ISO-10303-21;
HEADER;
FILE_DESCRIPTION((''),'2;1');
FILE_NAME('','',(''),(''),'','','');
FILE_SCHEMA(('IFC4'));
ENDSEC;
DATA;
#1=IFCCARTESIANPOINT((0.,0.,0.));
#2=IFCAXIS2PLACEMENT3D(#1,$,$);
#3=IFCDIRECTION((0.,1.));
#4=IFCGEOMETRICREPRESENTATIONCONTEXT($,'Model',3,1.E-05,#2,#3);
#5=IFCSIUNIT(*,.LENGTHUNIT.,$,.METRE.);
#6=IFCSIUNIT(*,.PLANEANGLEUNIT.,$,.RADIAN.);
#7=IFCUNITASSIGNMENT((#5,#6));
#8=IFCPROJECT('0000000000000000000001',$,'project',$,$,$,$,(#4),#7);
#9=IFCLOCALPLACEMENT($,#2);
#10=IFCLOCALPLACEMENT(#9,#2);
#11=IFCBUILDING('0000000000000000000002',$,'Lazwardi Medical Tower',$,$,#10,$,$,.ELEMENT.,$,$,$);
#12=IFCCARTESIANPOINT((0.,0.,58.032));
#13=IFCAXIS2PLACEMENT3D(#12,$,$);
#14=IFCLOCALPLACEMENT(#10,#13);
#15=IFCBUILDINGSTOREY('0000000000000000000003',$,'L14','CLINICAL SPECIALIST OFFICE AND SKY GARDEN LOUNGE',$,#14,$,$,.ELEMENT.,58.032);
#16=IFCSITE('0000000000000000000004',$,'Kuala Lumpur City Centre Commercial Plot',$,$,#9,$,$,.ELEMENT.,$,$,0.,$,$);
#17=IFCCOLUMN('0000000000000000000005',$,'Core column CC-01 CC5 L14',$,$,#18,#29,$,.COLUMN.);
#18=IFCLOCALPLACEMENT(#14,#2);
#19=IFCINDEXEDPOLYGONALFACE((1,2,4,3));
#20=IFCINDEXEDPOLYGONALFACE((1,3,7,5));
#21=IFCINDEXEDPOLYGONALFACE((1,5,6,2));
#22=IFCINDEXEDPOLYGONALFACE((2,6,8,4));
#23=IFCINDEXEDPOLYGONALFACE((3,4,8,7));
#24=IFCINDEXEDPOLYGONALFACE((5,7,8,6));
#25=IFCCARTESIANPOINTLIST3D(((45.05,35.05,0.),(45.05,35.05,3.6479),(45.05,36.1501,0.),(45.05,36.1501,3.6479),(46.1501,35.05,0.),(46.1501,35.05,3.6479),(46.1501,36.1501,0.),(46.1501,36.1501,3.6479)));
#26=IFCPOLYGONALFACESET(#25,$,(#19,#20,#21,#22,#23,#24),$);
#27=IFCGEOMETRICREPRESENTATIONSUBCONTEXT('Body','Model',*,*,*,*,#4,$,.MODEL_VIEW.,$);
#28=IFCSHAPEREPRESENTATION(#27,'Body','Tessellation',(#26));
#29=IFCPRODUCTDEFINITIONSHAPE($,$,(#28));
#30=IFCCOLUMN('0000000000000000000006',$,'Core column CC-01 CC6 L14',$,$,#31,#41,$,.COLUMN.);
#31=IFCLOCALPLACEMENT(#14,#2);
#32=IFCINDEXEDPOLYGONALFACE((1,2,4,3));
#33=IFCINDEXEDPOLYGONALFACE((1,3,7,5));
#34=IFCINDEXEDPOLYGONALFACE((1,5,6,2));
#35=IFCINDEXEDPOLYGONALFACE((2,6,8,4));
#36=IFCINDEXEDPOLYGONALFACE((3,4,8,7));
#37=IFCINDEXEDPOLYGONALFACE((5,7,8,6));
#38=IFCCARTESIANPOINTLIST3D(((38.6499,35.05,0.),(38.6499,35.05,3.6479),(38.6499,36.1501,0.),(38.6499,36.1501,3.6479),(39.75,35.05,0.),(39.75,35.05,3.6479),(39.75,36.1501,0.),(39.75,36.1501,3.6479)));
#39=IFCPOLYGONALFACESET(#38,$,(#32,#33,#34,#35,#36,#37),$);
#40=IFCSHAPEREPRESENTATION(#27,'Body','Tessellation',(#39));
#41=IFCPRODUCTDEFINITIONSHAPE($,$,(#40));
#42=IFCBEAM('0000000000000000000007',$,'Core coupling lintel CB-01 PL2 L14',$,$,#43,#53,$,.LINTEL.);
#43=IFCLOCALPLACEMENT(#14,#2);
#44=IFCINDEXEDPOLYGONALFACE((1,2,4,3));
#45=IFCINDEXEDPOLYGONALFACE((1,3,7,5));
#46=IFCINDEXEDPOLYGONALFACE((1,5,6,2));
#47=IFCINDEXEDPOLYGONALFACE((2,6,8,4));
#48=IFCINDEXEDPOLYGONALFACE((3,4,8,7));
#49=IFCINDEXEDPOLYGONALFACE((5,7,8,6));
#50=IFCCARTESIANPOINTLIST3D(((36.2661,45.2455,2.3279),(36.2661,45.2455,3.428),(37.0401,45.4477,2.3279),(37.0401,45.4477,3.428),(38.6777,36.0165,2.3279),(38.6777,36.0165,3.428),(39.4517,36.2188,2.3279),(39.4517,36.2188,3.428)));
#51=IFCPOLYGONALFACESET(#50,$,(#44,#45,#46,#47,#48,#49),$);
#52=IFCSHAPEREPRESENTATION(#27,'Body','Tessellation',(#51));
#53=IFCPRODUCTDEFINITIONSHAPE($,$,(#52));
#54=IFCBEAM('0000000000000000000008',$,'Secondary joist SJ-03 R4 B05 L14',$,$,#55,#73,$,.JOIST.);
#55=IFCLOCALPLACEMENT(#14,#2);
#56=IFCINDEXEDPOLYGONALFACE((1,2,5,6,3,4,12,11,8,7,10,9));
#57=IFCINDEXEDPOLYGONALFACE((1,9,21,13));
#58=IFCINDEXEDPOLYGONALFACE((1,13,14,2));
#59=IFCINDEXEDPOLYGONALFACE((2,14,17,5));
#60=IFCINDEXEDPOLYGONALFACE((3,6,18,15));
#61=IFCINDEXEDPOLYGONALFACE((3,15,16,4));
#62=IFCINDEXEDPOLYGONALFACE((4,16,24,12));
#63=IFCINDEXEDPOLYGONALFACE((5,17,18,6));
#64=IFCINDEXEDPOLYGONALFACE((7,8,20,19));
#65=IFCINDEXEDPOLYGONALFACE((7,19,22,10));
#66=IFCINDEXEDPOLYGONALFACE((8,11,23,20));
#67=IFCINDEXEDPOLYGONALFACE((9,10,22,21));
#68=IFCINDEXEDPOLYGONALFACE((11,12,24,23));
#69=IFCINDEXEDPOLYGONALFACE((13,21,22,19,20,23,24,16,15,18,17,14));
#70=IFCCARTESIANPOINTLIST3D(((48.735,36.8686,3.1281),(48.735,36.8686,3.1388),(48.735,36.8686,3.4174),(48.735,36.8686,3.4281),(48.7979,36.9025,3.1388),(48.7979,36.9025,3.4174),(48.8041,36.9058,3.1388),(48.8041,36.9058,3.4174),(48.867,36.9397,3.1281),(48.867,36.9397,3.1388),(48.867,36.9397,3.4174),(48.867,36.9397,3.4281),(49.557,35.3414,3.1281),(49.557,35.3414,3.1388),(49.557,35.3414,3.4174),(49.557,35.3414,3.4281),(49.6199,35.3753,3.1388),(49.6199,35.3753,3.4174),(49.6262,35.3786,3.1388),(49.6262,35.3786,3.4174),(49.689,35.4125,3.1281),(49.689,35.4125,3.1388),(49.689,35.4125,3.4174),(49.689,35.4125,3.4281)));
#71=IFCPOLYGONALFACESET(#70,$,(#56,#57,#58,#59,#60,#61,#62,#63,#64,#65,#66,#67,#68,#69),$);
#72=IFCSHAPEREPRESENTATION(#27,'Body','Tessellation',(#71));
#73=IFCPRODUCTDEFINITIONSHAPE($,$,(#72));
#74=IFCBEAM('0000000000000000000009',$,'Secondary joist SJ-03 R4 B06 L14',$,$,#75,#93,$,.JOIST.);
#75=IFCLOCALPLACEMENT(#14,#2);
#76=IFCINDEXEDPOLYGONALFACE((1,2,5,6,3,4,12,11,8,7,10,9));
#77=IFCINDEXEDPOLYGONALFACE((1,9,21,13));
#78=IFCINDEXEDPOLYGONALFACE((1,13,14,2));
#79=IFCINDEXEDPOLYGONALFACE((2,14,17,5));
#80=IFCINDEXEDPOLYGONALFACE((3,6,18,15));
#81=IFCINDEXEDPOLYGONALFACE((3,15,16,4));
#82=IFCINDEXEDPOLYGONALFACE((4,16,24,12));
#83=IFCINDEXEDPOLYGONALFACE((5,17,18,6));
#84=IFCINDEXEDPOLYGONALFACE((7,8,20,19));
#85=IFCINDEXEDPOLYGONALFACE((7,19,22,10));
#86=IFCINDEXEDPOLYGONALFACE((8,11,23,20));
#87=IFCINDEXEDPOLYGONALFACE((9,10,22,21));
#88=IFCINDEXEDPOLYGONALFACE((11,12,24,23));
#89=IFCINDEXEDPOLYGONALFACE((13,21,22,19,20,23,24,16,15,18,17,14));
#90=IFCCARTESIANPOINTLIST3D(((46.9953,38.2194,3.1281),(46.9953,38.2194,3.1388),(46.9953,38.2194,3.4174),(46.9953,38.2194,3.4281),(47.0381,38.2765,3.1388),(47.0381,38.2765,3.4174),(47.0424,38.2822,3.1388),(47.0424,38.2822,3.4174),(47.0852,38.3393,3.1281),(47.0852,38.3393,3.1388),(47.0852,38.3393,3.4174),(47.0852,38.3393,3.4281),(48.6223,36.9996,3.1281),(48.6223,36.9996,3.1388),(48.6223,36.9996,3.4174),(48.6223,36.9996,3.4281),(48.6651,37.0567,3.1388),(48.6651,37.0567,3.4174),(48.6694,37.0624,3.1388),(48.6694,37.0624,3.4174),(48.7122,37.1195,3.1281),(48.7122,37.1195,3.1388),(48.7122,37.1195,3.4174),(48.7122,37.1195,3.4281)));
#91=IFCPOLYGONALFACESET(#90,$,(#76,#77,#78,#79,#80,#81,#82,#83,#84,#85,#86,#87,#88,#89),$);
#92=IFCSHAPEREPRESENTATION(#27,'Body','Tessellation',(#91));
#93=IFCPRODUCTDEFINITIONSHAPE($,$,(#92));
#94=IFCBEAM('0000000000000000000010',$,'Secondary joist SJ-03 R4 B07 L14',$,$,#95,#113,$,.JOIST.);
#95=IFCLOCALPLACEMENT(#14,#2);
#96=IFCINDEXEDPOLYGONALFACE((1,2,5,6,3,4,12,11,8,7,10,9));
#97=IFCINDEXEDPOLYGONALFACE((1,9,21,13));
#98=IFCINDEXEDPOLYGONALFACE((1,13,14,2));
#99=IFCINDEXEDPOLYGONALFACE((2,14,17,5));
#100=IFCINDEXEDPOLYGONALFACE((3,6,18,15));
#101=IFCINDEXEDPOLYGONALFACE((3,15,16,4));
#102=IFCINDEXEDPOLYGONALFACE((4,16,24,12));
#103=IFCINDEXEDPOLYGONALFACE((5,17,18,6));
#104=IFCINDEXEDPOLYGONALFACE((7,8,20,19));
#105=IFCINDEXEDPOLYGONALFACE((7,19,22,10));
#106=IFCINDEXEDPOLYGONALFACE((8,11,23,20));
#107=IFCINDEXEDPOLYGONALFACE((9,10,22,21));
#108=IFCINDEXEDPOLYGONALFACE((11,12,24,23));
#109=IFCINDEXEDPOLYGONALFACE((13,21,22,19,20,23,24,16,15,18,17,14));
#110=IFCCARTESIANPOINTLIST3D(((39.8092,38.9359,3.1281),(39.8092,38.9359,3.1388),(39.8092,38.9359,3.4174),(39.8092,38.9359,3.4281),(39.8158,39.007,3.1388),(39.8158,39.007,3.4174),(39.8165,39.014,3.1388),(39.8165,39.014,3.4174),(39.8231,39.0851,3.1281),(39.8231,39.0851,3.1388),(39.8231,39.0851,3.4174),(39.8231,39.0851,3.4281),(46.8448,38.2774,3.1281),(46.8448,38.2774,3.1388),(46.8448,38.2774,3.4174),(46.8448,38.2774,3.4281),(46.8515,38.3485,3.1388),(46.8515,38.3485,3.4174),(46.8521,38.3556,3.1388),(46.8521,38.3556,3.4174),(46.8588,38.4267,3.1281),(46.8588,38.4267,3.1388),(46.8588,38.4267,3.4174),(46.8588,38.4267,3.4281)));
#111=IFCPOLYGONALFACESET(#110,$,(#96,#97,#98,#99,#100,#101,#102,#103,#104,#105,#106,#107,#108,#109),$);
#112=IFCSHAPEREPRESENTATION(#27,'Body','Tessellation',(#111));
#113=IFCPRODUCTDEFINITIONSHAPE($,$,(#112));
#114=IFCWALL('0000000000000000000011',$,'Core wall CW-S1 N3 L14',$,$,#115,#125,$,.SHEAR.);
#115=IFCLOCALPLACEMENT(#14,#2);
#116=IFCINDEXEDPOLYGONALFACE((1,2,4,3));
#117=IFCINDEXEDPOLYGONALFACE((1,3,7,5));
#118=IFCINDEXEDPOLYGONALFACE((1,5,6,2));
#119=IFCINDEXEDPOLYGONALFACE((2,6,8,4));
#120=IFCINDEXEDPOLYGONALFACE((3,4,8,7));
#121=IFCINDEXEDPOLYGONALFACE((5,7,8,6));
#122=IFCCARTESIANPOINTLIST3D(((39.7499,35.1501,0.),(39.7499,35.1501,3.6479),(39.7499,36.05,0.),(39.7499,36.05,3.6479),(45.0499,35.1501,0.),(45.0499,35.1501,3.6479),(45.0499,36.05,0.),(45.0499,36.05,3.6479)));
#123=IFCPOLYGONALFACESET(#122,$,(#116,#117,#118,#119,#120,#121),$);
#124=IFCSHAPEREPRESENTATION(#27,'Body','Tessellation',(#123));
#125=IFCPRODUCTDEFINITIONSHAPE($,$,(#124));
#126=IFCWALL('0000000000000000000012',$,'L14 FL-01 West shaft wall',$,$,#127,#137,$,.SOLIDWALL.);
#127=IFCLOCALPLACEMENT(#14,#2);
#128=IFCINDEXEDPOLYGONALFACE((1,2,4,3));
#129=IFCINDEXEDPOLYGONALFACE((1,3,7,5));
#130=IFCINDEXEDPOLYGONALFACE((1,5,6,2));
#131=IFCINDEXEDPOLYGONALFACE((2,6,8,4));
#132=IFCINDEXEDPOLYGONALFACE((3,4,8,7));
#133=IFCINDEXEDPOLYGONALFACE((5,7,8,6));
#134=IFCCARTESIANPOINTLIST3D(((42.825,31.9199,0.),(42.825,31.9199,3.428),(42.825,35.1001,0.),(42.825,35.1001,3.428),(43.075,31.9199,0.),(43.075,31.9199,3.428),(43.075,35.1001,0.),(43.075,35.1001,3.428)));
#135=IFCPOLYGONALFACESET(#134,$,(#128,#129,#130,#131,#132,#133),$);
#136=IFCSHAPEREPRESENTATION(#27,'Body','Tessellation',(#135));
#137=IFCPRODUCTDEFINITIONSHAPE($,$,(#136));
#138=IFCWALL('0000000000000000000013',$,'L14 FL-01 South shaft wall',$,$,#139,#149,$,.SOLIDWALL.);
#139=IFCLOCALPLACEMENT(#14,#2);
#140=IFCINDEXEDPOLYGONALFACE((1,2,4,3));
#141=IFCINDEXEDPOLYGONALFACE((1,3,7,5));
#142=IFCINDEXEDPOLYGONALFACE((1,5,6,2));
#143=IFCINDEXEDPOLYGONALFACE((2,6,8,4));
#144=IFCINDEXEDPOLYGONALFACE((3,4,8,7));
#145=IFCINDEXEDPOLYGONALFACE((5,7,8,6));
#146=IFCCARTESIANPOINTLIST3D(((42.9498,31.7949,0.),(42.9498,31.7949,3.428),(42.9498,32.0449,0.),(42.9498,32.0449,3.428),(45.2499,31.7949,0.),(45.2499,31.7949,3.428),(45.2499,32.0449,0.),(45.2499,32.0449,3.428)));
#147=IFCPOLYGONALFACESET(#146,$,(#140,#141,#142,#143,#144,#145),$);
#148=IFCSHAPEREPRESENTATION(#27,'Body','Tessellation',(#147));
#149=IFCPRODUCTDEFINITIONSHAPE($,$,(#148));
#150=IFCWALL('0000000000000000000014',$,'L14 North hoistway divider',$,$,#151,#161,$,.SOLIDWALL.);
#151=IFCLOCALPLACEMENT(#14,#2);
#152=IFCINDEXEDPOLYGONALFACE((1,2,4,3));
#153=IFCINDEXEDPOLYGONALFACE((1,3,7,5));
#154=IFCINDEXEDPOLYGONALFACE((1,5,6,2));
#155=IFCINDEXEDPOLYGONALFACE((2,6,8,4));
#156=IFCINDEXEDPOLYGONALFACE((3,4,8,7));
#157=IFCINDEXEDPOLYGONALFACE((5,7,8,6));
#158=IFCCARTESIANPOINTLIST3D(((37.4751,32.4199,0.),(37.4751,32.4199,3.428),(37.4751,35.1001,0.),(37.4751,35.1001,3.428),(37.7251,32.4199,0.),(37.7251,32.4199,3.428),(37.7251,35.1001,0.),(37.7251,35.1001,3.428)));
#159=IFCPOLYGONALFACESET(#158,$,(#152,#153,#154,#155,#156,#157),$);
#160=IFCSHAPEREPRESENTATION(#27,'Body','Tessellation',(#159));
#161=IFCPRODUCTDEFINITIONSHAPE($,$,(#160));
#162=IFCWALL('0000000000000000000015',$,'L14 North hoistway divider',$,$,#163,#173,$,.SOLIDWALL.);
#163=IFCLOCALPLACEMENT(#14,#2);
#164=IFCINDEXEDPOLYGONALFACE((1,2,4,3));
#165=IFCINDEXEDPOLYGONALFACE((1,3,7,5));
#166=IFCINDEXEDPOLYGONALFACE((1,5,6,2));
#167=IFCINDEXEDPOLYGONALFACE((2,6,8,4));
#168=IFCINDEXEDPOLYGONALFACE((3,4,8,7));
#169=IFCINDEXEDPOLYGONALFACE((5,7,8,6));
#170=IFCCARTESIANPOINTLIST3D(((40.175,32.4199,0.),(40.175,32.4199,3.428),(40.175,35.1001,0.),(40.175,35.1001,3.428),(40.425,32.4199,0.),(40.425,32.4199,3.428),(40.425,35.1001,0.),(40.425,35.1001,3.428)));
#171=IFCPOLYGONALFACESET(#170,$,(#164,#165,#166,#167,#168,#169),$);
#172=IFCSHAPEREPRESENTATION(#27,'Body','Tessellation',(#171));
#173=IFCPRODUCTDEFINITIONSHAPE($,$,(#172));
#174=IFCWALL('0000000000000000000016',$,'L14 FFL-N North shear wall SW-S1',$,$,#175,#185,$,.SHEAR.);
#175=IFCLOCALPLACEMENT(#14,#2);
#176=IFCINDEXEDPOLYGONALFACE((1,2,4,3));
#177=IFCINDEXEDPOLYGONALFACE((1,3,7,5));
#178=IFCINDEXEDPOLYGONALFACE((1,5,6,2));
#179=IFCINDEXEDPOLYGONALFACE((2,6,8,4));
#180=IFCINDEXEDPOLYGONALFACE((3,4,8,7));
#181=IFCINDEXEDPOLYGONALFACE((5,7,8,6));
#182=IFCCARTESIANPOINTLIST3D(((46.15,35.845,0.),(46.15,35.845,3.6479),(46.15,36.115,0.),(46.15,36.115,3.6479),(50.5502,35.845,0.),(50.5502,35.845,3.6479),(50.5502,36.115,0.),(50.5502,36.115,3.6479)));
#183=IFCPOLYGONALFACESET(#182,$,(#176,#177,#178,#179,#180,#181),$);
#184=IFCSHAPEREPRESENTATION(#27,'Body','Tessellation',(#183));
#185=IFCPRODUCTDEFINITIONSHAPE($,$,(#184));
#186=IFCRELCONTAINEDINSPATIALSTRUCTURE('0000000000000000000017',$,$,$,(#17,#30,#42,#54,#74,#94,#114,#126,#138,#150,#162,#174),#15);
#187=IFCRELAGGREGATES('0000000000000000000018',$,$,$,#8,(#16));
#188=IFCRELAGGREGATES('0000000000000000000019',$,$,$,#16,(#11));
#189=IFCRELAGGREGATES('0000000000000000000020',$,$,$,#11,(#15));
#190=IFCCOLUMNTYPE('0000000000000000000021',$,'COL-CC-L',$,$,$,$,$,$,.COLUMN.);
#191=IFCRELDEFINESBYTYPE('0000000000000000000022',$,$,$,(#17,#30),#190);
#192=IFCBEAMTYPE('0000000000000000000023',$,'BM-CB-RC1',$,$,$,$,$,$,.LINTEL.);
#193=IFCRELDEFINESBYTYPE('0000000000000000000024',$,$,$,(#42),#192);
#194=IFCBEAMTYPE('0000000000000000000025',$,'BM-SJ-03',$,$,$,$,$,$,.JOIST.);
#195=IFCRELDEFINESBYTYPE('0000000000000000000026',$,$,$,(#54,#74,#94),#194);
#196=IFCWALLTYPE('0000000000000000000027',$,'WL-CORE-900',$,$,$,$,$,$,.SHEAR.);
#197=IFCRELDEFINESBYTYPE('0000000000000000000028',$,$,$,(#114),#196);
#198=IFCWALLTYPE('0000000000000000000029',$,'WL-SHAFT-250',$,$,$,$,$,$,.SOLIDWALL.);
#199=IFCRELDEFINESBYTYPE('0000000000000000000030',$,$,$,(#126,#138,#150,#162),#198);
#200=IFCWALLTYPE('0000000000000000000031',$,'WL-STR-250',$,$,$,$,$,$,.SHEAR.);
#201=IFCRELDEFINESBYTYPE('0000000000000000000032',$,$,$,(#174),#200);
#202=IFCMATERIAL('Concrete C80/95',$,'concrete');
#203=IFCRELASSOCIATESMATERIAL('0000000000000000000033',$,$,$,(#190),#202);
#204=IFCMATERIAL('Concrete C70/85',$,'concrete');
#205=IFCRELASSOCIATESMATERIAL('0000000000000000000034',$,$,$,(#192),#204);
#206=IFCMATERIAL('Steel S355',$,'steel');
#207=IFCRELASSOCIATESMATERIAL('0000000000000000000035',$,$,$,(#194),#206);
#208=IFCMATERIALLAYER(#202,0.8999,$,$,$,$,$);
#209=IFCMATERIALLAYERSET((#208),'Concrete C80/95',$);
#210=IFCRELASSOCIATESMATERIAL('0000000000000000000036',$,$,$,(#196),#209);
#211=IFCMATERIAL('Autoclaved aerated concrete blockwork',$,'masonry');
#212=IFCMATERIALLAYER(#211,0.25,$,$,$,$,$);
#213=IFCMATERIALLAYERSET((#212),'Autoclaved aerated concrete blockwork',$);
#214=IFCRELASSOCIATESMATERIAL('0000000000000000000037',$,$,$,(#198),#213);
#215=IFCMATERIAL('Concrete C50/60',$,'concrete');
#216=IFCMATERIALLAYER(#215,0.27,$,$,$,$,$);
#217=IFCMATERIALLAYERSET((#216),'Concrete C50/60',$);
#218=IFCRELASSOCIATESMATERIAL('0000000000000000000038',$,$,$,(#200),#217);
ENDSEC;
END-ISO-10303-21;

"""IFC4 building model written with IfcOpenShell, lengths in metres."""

from ifc_helpers import new_model, si_unit, direction, frame, frame_2d, origin, origin_2d, place, context, subcontext, project, spatial, rectangle, i_section, extrude, material, layer, layer_set, material_profile, profile_set, type_object, element, save


model = new_model("IFC4")

# Units and contexts
model_context = context("Model", 3, precision=1e-05, world=origin(), true_north=direction((0.0, 1.0)))
body_context = subcontext(model_context, "Body", "Model", "MODEL_VIEW")
ifc_project = project(units=[si_unit("LENGTHUNIT", "METRE"), si_unit("PLANEANGLEUNIT", "RADIAN")], contexts=[model_context])

# Site, building, storey
site_placement = place(None, origin())
site = spatial("IfcSite", under=ifc_project, at=site_placement, Name="Kuala Lumpur City Centre Commercial Plot", CompositionType="ELEMENT", RefElevation=0.0)
building_placement = place(site_placement, origin())
building = spatial("IfcBuilding", under=site, at=building_placement, Name="Lazwardi Medical Tower", CompositionType="ELEMENT")
storey_placement = place(building_placement, frame((0.0, 0.0, 58.032)))
storey = spatial("IfcBuildingStorey", under=building, at=storey_placement, Name="L14", Description="CLINICAL SPECIALIST OFFICE AND SKY GARDEN LOUNGE", CompositionType="ELEMENT", Elevation=58.032)

# Columns
ifc_material_1 = material(Name="Concrete C80/95", Category="concrete")
ifc_material_profile_1 = material_profile(ifc_material_1, rectangle(XDim=1.1001, YDim=1.1001, at=origin_2d()), Name="RC 1100x1100")
ifc_profile_set_1 = profile_set([ifc_material_profile_1], Name="Concrete C80/95")
column_type = type_object("IfcColumnType", Name="COL-CC-L", PredefinedType="COLUMN", material=ifc_profile_set_1)
for number, where, z_axis, x_axis, name in (
    (1, (45.6001, 35.6001, 0.0), (0.0, 0.0, 1.0), (1.0, 0.0, 0.0), "Core column CC-01 CC5 L14"),
    (2, (39.2, 35.6001, 0.0), (0.0, 0.0, 1.0), (1.0, 0.0, 0.0), "Core column CC-01 CC6 L14"),
):
    element("IfcColumn", number, at=place(storey_placement, frame(where, z_axis=z_axis, x_axis=x_axis)), inside=storey, type_object=column_type, Name=name, PredefinedType="COLUMN", context=body_context, shape_type="SweptSolid", body=[
        extrude(rectangle(XDim=1.1001, YDim=1.1001, at=origin_2d()), origin(), (0.0, 0.0, 1.0), 3.6479),
    ])

# Beams
ifc_material_2 = material(Name="Concrete C70/85", Category="concrete")
ifc_material_profile_2 = material_profile(ifc_material_2, rectangle(XDim=0.8, YDim=1.1001, at=origin_2d()), Name="RC 800x1100")
ifc_profile_set_2 = profile_set([ifc_material_profile_2], Name="Concrete C70/85")
beam_type_1 = type_object("IfcBeamType", Name="BM-CB-RC1", PredefinedType="LINTEL", material=ifc_profile_set_2)
beam_1_placement = place(storey_placement, frame((39.0647, 36.1177, 2.8779), z_axis=(-0.25282, 0.967513, 0.0), x_axis=(-0.967513, -0.25282, 0.0)))
element("IfcBeam", 3, at=beam_1_placement, inside=storey, type_object=beam_type_1, Name="Core coupling lintel CB-01 PL2 L14", PredefinedType="LINTEL", context=body_context, shape_type="SweptSolid", body=[
    extrude(rectangle(XDim=0.8, YDim=1.1001, at=origin_2d()), origin(), (0.0, 0.0, 1.0), 9.5388),
])
ifc_material_3 = material(Name="Steel S355", Category="steel")
ifc_material_profile_3 = material_profile(ifc_material_3, i_section(OverallWidth=0.1499, OverallDepth=0.3, WebThickness=0.0071, FlangeThickness=0.0107, at=origin_2d()), Name="IPE 300")
ifc_profile_set_3 = profile_set([ifc_material_profile_3], Name="Steel S355")
beam_type_2 = type_object("IfcBeamType", Name="BM-SJ-03", PredefinedType="JOIST", material=ifc_profile_set_3)
beam_2_placement = place(storey_placement, frame((49.623, 35.377, 3.2781), z_axis=(-0.473982, 0.880534, 0.0), x_axis=(-0.880534, -0.473982, 0.0)))
element("IfcBeam", 4, at=beam_2_placement, inside=storey, type_object=beam_type_2, Name="Secondary joist SJ-03 R4 B05 L14", PredefinedType="JOIST", context=body_context, shape_type="SweptSolid", body=[
    extrude(i_section(OverallWidth=0.1499, OverallDepth=0.3, WebThickness=0.0071, FlangeThickness=0.0107, at=origin_2d()), origin(), (0.0, 0.0, 1.0), 1.7344),
])
beam_3_placement = place(storey_placement, frame((48.6672, 37.0596, 3.2781), z_axis=(-0.800115, 0.599846, 0.0), x_axis=(-0.599846, -0.800115, 0.0)))
element("IfcBeam", 5, at=beam_3_placement, inside=storey, type_object=beam_type_2, Name="Secondary joist SJ-03 R4 B06 L14", PredefinedType="JOIST", context=body_context, shape_type="SweptSolid", body=[
    extrude(i_section(OverallWidth=0.1499, OverallDepth=0.3, WebThickness=0.0071, FlangeThickness=0.0107, at=origin_2d()), origin(), (0.0, 0.0, 1.0), 2.0334),
])
beam_4_placement = place(storey_placement, frame((46.8518, 38.3521, 3.2781), z_axis=(-0.995649, 0.09318, 0.0), x_axis=(-0.09318, -0.995649, 0.0)))
element("IfcBeam", 6, at=beam_4_placement, inside=storey, type_object=beam_type_2, Name="Secondary joist SJ-03 R4 B07 L14", PredefinedType="JOIST", context=body_context, shape_type="SweptSolid", body=[
    extrude(i_section(OverallWidth=0.1499, OverallDepth=0.3, WebThickness=0.0071, FlangeThickness=0.0107, at=origin_2d()), origin(), (0.0, 0.0, 1.0), 7.0664),
])

# Walls
ifc_layer_1 = layer(ifc_material_1, 0.8999)
ifc_layer_set_1 = layer_set([ifc_layer_1], Name="Concrete C80/95")
wall_type_1 = type_object("IfcWallType", Name="WL-CORE-900", PredefinedType="SHEAR", material=ifc_layer_set_1)
wall_1_placement = place(storey_placement, frame((39.75, 35.6001, 0.0), z_axis=(0.0, 0.0, 1.0), x_axis=(1.0, 0.0, 0.0)))
element("IfcWall", 7, at=wall_1_placement, inside=storey, type_object=wall_type_1, Name="Core wall CW-S1 N3 L14", PredefinedType="SHEAR", context=body_context, shape_type="SweptSolid", body=[
    extrude(rectangle(XDim=5.3, YDim=0.8999, at=frame_2d((2.6499, 0.0))), origin(), (0.0, 0.0, 1.0), 3.6479),
])
ifc_material_4 = material(Name="Autoclaved aerated concrete blockwork", Category="masonry")
ifc_layer_2 = layer(ifc_material_4, 0.25)
ifc_layer_set_2 = layer_set([ifc_layer_2], Name="Autoclaved aerated concrete blockwork")
wall_type_2 = type_object("IfcWallType", Name="WL-SHAFT-250", PredefinedType="SOLIDWALL", material=ifc_layer_set_2)
wall_2_placement = place(storey_placement, frame((42.95, 31.9199, 0.0), z_axis=(0.0, 0.0, 1.0), x_axis=(0.0, 1.0, 0.0)))
element("IfcWall", 8, at=wall_2_placement, inside=storey, type_object=wall_type_2, Name="L14 FL-01 West shaft wall", PredefinedType="SOLIDWALL", context=body_context, shape_type="SweptSolid", body=[
    extrude(rectangle(XDim=3.1802, YDim=0.25, at=frame_2d((1.5901, 0.0))), origin(), (0.0, 0.0, 1.0), 3.428),
])
wall_3_placement = place(storey_placement, frame((42.95, 31.9199, 0.0), z_axis=(0.0, 0.0, 1.0), x_axis=(1.0, 0.0, 0.0)))
element("IfcWall", 9, at=wall_3_placement, inside=storey, type_object=wall_type_2, Name="L14 FL-01 South shaft wall", PredefinedType="SOLIDWALL", context=body_context, shape_type="SweptSolid", body=[
    extrude(rectangle(XDim=2.3, YDim=0.25, at=frame_2d((1.1499, 0.0))), origin(), (0.0, 0.0, 1.0), 3.428),
])
for number, where, z_axis, x_axis, name in (
    (10, (37.6001, 32.4199, 0.0), (0.0, 0.0, 1.0), (0.0, 1.0, 0.0), "L14 North hoistway divider"),
    (11, (40.3, 32.4199, 0.0), (0.0, 0.0, 1.0), (0.0, 1.0, 0.0), "L14 North hoistway divider"),
):
    element("IfcWall", number, at=place(storey_placement, frame(where, z_axis=z_axis, x_axis=x_axis)), inside=storey, type_object=wall_type_2, Name=name, PredefinedType="SOLIDWALL", context=body_context, shape_type="SweptSolid", body=[
        extrude(rectangle(XDim=2.6802, YDim=0.25, at=frame_2d((1.3401, 0.0))), origin(), (0.0, 0.0, 1.0), 3.428),
    ])

# Shared definitions
ifc_material_5 = material(Name="Concrete C50/60", Category="concrete")
ifc_layer_3 = layer(ifc_material_5, 0.27)
ifc_layer_set_3 = layer_set([ifc_layer_3], Name="Concrete C50/60")
wall_type_3 = type_object("IfcWallType", Name="WL-STR-250", PredefinedType="SHEAR", material=ifc_layer_set_3)

# Wall
wall_4_placement = place(storey_placement, frame((46.1499, 35.98, 0.0), z_axis=(0.0, 0.0, 1.0), x_axis=(1.0, 0.0, 0.0)))
element("IfcWall", 12, at=wall_4_placement, inside=storey, type_object=wall_type_3, Name="L14 FFL-N North shear wall SW-S1", PredefinedType="SHEAR", context=body_context, shape_type="SweptSolid", body=[
    extrude(rectangle(XDim=4.4001, YDim=0.27, at=frame_2d((2.2002, 0.0))), origin(), (0.0, 0.0, 1.0), 3.6479),
])

save(model, "model.ifc")
